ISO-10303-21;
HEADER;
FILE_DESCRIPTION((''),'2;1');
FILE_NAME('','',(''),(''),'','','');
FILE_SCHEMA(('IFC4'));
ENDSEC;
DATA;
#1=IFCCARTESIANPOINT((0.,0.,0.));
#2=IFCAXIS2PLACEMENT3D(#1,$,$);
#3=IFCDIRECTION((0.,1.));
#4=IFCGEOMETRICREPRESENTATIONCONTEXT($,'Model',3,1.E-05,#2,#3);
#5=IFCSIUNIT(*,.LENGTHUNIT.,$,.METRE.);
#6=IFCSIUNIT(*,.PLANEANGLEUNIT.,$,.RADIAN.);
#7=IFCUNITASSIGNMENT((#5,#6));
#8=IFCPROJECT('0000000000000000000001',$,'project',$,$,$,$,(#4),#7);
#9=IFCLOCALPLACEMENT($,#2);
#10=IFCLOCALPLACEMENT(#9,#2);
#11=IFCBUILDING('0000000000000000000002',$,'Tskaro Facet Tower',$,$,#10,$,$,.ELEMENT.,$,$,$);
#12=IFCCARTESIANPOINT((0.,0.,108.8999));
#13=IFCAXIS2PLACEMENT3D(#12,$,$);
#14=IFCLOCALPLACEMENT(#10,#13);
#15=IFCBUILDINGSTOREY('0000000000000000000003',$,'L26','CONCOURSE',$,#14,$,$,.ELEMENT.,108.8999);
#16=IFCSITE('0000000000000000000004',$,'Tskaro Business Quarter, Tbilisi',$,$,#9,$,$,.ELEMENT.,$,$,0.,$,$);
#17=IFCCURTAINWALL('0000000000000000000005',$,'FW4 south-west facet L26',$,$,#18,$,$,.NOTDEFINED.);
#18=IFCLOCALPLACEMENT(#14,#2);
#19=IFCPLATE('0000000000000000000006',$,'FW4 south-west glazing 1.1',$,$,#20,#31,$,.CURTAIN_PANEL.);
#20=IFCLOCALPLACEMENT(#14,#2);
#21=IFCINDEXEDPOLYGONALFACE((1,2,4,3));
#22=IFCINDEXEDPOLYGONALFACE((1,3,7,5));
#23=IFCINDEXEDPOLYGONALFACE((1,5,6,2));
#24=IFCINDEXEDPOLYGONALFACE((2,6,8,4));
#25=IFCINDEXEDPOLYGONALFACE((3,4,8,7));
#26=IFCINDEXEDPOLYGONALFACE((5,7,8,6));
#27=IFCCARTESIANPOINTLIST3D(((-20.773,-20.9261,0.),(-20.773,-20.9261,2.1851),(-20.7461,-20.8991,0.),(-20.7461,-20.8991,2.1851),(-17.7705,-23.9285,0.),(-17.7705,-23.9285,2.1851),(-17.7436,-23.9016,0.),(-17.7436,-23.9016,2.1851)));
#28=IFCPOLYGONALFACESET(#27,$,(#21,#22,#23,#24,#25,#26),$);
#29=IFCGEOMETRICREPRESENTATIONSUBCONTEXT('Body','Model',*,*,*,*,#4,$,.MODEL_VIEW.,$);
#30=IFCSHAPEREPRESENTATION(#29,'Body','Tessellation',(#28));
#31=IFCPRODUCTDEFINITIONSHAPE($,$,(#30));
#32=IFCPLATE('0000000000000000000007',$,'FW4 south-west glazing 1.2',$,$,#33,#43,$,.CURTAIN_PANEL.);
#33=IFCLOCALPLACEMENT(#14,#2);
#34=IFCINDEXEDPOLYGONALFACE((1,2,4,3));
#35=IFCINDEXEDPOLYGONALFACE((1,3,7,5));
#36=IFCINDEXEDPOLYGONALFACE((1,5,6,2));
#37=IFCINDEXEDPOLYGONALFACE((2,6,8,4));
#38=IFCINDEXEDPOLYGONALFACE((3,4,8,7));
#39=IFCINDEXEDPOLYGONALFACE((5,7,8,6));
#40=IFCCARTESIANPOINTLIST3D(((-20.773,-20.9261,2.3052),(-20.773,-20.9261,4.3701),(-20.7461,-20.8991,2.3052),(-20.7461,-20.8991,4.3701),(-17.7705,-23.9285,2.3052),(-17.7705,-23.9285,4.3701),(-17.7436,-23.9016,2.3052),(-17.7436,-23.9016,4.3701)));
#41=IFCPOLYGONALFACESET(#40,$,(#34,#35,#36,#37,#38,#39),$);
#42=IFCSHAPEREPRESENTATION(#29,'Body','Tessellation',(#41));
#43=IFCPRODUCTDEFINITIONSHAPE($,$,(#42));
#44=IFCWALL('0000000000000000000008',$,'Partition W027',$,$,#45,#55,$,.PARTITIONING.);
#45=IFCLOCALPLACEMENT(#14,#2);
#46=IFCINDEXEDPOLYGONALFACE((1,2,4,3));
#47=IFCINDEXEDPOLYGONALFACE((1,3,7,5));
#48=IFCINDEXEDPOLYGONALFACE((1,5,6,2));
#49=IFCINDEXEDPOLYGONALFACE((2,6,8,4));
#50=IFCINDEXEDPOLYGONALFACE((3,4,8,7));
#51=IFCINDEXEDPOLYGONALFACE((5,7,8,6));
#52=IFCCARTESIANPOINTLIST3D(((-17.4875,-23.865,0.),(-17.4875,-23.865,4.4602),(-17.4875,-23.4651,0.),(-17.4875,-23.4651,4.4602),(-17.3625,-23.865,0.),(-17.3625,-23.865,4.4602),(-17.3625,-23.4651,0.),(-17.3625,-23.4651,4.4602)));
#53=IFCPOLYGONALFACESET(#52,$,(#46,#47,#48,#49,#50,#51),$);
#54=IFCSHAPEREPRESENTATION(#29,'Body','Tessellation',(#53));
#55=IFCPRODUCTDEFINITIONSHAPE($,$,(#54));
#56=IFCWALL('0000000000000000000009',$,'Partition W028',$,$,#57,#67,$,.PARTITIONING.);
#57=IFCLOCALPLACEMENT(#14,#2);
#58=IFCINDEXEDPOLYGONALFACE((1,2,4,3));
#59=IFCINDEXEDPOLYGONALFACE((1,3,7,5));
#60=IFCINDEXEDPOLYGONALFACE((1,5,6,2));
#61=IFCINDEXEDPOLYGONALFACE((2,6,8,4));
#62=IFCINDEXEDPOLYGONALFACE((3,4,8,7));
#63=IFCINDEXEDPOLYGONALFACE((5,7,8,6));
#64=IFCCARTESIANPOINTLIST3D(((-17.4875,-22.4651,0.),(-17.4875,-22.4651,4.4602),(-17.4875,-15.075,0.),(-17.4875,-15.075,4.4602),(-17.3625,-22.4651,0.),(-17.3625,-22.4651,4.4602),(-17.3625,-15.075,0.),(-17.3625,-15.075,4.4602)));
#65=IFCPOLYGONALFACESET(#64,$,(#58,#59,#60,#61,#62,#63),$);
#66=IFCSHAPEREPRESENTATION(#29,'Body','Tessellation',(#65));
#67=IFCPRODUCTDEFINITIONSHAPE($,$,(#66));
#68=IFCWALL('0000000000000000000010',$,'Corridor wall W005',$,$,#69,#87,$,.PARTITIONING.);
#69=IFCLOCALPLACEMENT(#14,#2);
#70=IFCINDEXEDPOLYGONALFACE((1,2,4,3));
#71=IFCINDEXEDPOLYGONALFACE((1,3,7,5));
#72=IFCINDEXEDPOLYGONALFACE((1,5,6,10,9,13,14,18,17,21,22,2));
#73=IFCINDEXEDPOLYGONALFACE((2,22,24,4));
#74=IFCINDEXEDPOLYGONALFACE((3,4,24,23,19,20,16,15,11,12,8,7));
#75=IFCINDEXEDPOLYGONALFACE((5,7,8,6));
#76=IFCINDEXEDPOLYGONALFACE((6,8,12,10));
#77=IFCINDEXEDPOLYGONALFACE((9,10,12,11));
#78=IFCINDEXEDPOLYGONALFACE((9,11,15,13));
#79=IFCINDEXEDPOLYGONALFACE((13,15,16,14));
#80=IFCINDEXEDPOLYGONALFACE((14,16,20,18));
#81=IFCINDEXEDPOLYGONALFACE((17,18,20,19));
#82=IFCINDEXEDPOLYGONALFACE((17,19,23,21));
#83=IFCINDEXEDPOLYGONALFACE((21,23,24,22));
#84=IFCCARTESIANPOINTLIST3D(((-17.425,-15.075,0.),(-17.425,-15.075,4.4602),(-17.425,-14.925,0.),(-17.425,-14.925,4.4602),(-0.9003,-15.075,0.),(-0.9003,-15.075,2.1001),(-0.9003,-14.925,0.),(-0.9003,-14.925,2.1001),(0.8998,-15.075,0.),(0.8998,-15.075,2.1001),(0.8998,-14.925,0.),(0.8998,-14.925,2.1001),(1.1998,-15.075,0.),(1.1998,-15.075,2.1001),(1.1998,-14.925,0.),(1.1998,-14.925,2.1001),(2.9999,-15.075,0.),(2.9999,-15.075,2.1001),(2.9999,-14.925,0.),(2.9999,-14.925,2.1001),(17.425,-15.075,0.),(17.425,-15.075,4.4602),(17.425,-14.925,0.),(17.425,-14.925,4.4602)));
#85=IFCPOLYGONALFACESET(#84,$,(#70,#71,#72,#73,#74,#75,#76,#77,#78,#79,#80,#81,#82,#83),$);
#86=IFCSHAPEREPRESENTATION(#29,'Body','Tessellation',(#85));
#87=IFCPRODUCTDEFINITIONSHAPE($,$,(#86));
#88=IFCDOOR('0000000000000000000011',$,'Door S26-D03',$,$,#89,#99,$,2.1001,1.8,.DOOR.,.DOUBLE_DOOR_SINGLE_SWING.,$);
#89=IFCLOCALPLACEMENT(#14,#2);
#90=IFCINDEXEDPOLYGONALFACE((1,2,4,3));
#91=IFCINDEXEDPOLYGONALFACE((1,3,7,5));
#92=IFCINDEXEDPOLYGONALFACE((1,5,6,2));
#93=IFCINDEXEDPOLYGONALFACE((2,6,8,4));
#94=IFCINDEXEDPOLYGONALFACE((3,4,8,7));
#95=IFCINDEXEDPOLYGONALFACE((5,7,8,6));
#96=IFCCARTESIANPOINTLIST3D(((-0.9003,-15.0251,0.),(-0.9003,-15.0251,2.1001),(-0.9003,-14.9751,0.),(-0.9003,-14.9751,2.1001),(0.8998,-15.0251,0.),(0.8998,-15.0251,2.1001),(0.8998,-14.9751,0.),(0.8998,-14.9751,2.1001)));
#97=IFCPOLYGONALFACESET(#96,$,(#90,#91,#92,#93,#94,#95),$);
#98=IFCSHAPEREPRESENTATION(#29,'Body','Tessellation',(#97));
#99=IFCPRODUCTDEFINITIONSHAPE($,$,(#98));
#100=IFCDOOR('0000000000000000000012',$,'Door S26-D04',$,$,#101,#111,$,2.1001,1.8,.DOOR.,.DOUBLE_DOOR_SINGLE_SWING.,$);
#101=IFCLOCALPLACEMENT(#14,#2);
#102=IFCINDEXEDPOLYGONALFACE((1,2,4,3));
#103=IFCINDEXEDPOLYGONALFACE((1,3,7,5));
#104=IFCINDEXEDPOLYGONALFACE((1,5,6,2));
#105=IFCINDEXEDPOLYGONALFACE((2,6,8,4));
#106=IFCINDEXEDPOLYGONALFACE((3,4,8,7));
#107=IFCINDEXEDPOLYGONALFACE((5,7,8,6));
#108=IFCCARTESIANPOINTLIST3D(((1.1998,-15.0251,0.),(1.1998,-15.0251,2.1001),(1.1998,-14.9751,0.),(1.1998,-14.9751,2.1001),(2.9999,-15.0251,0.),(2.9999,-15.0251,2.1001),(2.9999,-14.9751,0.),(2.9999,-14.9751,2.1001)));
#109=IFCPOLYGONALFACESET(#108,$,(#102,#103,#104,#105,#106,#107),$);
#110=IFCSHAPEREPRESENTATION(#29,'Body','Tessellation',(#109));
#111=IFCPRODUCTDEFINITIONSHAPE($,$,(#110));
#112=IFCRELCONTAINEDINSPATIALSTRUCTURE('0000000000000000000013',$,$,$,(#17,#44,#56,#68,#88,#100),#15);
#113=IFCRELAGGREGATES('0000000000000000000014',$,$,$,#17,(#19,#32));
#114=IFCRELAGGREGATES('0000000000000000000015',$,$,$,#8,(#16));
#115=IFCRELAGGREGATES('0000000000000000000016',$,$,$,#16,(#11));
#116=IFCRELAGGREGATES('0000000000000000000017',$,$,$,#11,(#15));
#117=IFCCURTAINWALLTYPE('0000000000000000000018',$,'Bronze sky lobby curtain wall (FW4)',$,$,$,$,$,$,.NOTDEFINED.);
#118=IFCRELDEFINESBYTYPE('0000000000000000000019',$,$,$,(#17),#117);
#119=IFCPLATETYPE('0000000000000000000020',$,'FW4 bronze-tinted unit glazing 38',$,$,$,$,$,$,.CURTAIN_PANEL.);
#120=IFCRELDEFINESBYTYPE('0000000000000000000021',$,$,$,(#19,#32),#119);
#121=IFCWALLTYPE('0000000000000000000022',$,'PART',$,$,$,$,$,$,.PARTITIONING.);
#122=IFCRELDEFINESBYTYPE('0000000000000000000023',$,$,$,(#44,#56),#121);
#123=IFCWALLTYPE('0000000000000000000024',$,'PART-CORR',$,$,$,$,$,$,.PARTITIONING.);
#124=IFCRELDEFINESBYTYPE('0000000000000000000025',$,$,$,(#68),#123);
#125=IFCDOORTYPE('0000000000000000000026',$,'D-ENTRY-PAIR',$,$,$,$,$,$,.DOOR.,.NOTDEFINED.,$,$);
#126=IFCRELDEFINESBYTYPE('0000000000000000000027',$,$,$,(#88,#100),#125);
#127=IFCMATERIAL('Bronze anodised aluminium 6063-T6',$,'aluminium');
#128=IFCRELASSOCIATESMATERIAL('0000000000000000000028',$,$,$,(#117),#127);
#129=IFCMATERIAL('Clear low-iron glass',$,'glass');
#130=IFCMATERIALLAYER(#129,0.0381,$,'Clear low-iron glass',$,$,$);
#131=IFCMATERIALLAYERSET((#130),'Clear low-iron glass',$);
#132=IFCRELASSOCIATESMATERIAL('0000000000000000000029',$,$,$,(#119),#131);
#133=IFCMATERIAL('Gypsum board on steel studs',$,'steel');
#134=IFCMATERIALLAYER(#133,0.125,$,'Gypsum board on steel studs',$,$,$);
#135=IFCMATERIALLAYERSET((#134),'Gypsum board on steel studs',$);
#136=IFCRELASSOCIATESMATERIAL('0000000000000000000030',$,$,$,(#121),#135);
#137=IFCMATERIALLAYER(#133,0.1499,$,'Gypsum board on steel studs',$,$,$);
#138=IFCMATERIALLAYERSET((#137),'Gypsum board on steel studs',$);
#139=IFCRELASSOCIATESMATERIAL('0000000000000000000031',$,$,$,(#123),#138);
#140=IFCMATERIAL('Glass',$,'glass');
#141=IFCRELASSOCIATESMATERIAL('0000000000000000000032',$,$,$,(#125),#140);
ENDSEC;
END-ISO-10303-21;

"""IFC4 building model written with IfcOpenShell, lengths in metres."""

from ifc_helpers import new_model, si_unit, direction, frame, frame_2d, origin, origin_2d, place, context, subcontext, project, spatial, rectangle, extrude, material, layer, layer_set, type_object, element, fill, aggregate, save


model = new_model("IFC4")

# Units and contexts
model_context = context("Model", 3, precision=1e-05, world=origin(), true_north=direction((0.0, 1.0)))
body_context = subcontext(model_context, "Body", "Model", "MODEL_VIEW")
ifc_project = project(units=[si_unit("LENGTHUNIT", "METRE"), si_unit("PLANEANGLEUNIT", "RADIAN")], contexts=[model_context])

# Site, building, storey
site_placement = place(None, origin())
site = spatial("IfcSite", under=ifc_project, at=site_placement, Name="Tskaro Business Quarter, Tbilisi", CompositionType="ELEMENT", RefElevation=0.0)
building_placement = place(site_placement, origin())
building = spatial("IfcBuilding", under=site, at=building_placement, Name="Tskaro Facet Tower", CompositionType="ELEMENT")
storey_placement = place(building_placement, frame((0.0, 0.0, 108.8999)))
storey = spatial("IfcBuildingStorey", under=building, at=storey_placement, Name="L26", Description="CONCOURSE", CompositionType="ELEMENT", Elevation=108.8999)

# Curtain wall
ifc_material_1 = material(Name="Bronze anodised aluminium 6063-T6", Category="aluminium")
curtain_wall_type = type_object("IfcCurtainWallType", Name="Bronze sky lobby curtain wall (FW4)", PredefinedType="NOTDEFINED", material=ifc_material_1)
curtain_wall_1_placement = place(storey_placement, origin())
curtain_wall_1 = element("IfcCurtainWall", 1, at=curtain_wall_1_placement, inside=storey, type_object=curtain_wall_type, Name="FW4 south-west facet L26", PredefinedType="NOTDEFINED")

# Plates
ifc_material_2 = material(Name="Clear low-iron glass", Category="glass")
ifc_layer_1 = layer(ifc_material_2, 0.0381, Name="Clear low-iron glass")
ifc_layer_set_1 = layer_set([ifc_layer_1], Name="Clear low-iron glass")
plate_type = type_object("IfcPlateType", Name="FW4 bronze-tinted unit glazing 38", PredefinedType="CURTAIN_PANEL", material=ifc_layer_set_1)
plate_1_placement = place(storey_placement, frame((-19.2583, -22.4138, 0.0), z_axis=(0.0, 0.0, 1.0), x_axis=(0.707107, -0.707107, 0.0)))
plate_1 = element("IfcPlate", 2, at=plate_1_placement, type_object=plate_type, Name="FW4 south-west glazing 1.1", PredefinedType="CURTAIN_PANEL", context=body_context, shape_type="SweptSolid", body=[
    extrude(rectangle(XDim=4.2461, YDim=0.0381, at=origin_2d()), origin(), (0.0, 0.0, 1.0), 2.1851),
])
plate_2_placement = place(storey_placement, frame((-19.2583, -22.4138, 2.3052), z_axis=(0.0, 0.0, 1.0), x_axis=(0.707107, -0.707107, 0.0)))
plate_2 = element("IfcPlate", 3, at=plate_2_placement, type_object=plate_type, Name="FW4 south-west glazing 1.2", PredefinedType="CURTAIN_PANEL", context=body_context, shape_type="SweptSolid", body=[
    extrude(rectangle(XDim=4.2461, YDim=0.0381, at=origin_2d()), origin(), (0.0, 0.0, 1.0), 2.0649),
])
aggregate(curtain_wall_1, [plate_1, plate_2])

# Walls
ifc_material_3 = material(Name="Gypsum board on steel studs", Category="steel")
ifc_layer_2 = layer(ifc_material_3, 0.125, Name="Gypsum board on steel studs")
ifc_layer_set_2 = layer_set([ifc_layer_2], Name="Gypsum board on steel studs")
wall_type_1 = type_object("IfcWallType", Name="PART", PredefinedType="PARTITIONING", material=ifc_layer_set_2)
wall_1_placement = place(storey_placement, frame((-17.425, -23.865, 0.0), z_axis=(0.0, 0.0, 1.0), x_axis=(0.0, 1.0, 0.0)))
element("IfcWall", 4, at=wall_1_placement, inside=storey, type_object=wall_type_1, Name="Partition W027", PredefinedType="PARTITIONING", context=body_context, shape_type="SweptSolid", body=[
    extrude(rectangle(XDim=0.3999, YDim=0.125, at=frame_2d((0.2, 0.0))), origin(), (0.0, 0.0, 1.0), 4.4602),
])
wall_2_placement = place(storey_placement, frame((-17.425, -22.4651, 0.0), z_axis=(0.0, 0.0, 1.0), x_axis=(0.0, 1.0, 0.0)))
element("IfcWall", 5, at=wall_2_placement, inside=storey, type_object=wall_type_1, Name="Partition W028", PredefinedType="PARTITIONING", context=body_context, shape_type="SweptSolid", body=[
    extrude(rectangle(XDim=7.3901, YDim=0.125, at=frame_2d((3.6951, 0.0))), origin(), (0.0, 0.0, 1.0), 4.4602),
])

# Wall, openings, doors
ifc_layer_3 = layer(ifc_material_3, 0.1499, Name="Gypsum board on steel studs")
ifc_layer_set_3 = layer_set([ifc_layer_3], Name="Gypsum board on steel studs")
wall_type_2 = type_object("IfcWallType", Name="PART-CORR", PredefinedType="PARTITIONING", material=ifc_layer_set_3)
wall_3_placement = place(storey_placement, frame((-17.425, -15.0, 0.0), z_axis=(0.0, 0.0, 1.0), x_axis=(1.0, 0.0, 0.0)))
wall_3 = element("IfcWall", 6, at=wall_3_placement, inside=storey, type_object=wall_type_2, Name="Corridor wall W005", PredefinedType="PARTITIONING", context=body_context, shape_type="SweptSolid", body=[
    extrude(rectangle(XDim=34.8501, YDim=0.1499, at=frame_2d((17.425, 0.0))), origin(), (0.0, 0.0, 1.0), 4.4602),
])
opening_1_placement = place(wall_3_placement, frame((16.5249, 0.0, 0.0)))
opening_1 = element("IfcOpeningElement", 7, at=opening_1_placement, cuts=wall_3, PredefinedType="OPENING", context=body_context, shape_type="SweptSolid", body=[
    extrude(rectangle(XDim=1.8, YDim=2.1001, at=frame_2d((0.8999, 1.05))), frame((0.0, 0.085, 0.0), z_axis=(0.0, -1.0, 0.0), x_axis=(1.0, 0.0, 0.0)), (0.0, 0.0, 1.0), 0.1699),
])
opening_2_placement = place(wall_3_placement, frame((18.625, 0.0, 0.0)))
opening_2 = element("IfcOpeningElement", 8, at=opening_2_placement, cuts=wall_3, PredefinedType="OPENING", context=body_context, shape_type="SweptSolid", body=[
    extrude(rectangle(XDim=1.8, YDim=2.1001, at=frame_2d((0.8999, 1.05))), frame((0.0, 0.085, 0.0), z_axis=(0.0, -1.0, 0.0), x_axis=(1.0, 0.0, 0.0)), (0.0, 0.0, 1.0), 0.1699),
])
ifc_material_4 = material(Name="Glass", Category="glass")
door_type = type_object("IfcDoorType", Name="D-ENTRY-PAIR", OperationType="NOTDEFINED", PredefinedType="DOOR", material=ifc_material_4)
door_1_placement = place(opening_1_placement, origin())
door_1 = element("IfcDoor", 9, at=door_1_placement, inside=storey, type_object=door_type, Name="Door S26-D03", OperationType="DOUBLE_DOOR_SINGLE_SWING", OverallHeight=2.1001, OverallWidth=1.8, PredefinedType="DOOR", context=body_context, shape_type="SweptSolid", body=[
    extrude(rectangle(XDim=1.8, YDim=2.1001, at=frame_2d((0.8999, 1.05))), frame((0.0, 0.0249, 0.0), z_axis=(0.0, -1.0, 0.0), x_axis=(1.0, 0.0, 0.0)), (0.0, 0.0, 1.0), 0.05),
])
fill(opening_1, door_1)
door_2_placement = place(opening_2_placement, origin())
door_2 = element("IfcDoor", 10, at=door_2_placement, inside=storey, type_object=door_type, Name="Door S26-D04", OperationType="DOUBLE_DOOR_SINGLE_SWING", OverallHeight=2.1001, OverallWidth=1.8, PredefinedType="DOOR", context=body_context, shape_type="SweptSolid", body=[
    extrude(rectangle(XDim=1.8, YDim=2.1001, at=frame_2d((0.8999, 1.05))), frame((0.0, 0.0249, 0.0), z_axis=(0.0, -1.0, 0.0), x_axis=(1.0, 0.0, 0.0)), (0.0, 0.0, 1.0), 0.05),
])
fill(opening_2, door_2)

save(model, "model.ifc")
